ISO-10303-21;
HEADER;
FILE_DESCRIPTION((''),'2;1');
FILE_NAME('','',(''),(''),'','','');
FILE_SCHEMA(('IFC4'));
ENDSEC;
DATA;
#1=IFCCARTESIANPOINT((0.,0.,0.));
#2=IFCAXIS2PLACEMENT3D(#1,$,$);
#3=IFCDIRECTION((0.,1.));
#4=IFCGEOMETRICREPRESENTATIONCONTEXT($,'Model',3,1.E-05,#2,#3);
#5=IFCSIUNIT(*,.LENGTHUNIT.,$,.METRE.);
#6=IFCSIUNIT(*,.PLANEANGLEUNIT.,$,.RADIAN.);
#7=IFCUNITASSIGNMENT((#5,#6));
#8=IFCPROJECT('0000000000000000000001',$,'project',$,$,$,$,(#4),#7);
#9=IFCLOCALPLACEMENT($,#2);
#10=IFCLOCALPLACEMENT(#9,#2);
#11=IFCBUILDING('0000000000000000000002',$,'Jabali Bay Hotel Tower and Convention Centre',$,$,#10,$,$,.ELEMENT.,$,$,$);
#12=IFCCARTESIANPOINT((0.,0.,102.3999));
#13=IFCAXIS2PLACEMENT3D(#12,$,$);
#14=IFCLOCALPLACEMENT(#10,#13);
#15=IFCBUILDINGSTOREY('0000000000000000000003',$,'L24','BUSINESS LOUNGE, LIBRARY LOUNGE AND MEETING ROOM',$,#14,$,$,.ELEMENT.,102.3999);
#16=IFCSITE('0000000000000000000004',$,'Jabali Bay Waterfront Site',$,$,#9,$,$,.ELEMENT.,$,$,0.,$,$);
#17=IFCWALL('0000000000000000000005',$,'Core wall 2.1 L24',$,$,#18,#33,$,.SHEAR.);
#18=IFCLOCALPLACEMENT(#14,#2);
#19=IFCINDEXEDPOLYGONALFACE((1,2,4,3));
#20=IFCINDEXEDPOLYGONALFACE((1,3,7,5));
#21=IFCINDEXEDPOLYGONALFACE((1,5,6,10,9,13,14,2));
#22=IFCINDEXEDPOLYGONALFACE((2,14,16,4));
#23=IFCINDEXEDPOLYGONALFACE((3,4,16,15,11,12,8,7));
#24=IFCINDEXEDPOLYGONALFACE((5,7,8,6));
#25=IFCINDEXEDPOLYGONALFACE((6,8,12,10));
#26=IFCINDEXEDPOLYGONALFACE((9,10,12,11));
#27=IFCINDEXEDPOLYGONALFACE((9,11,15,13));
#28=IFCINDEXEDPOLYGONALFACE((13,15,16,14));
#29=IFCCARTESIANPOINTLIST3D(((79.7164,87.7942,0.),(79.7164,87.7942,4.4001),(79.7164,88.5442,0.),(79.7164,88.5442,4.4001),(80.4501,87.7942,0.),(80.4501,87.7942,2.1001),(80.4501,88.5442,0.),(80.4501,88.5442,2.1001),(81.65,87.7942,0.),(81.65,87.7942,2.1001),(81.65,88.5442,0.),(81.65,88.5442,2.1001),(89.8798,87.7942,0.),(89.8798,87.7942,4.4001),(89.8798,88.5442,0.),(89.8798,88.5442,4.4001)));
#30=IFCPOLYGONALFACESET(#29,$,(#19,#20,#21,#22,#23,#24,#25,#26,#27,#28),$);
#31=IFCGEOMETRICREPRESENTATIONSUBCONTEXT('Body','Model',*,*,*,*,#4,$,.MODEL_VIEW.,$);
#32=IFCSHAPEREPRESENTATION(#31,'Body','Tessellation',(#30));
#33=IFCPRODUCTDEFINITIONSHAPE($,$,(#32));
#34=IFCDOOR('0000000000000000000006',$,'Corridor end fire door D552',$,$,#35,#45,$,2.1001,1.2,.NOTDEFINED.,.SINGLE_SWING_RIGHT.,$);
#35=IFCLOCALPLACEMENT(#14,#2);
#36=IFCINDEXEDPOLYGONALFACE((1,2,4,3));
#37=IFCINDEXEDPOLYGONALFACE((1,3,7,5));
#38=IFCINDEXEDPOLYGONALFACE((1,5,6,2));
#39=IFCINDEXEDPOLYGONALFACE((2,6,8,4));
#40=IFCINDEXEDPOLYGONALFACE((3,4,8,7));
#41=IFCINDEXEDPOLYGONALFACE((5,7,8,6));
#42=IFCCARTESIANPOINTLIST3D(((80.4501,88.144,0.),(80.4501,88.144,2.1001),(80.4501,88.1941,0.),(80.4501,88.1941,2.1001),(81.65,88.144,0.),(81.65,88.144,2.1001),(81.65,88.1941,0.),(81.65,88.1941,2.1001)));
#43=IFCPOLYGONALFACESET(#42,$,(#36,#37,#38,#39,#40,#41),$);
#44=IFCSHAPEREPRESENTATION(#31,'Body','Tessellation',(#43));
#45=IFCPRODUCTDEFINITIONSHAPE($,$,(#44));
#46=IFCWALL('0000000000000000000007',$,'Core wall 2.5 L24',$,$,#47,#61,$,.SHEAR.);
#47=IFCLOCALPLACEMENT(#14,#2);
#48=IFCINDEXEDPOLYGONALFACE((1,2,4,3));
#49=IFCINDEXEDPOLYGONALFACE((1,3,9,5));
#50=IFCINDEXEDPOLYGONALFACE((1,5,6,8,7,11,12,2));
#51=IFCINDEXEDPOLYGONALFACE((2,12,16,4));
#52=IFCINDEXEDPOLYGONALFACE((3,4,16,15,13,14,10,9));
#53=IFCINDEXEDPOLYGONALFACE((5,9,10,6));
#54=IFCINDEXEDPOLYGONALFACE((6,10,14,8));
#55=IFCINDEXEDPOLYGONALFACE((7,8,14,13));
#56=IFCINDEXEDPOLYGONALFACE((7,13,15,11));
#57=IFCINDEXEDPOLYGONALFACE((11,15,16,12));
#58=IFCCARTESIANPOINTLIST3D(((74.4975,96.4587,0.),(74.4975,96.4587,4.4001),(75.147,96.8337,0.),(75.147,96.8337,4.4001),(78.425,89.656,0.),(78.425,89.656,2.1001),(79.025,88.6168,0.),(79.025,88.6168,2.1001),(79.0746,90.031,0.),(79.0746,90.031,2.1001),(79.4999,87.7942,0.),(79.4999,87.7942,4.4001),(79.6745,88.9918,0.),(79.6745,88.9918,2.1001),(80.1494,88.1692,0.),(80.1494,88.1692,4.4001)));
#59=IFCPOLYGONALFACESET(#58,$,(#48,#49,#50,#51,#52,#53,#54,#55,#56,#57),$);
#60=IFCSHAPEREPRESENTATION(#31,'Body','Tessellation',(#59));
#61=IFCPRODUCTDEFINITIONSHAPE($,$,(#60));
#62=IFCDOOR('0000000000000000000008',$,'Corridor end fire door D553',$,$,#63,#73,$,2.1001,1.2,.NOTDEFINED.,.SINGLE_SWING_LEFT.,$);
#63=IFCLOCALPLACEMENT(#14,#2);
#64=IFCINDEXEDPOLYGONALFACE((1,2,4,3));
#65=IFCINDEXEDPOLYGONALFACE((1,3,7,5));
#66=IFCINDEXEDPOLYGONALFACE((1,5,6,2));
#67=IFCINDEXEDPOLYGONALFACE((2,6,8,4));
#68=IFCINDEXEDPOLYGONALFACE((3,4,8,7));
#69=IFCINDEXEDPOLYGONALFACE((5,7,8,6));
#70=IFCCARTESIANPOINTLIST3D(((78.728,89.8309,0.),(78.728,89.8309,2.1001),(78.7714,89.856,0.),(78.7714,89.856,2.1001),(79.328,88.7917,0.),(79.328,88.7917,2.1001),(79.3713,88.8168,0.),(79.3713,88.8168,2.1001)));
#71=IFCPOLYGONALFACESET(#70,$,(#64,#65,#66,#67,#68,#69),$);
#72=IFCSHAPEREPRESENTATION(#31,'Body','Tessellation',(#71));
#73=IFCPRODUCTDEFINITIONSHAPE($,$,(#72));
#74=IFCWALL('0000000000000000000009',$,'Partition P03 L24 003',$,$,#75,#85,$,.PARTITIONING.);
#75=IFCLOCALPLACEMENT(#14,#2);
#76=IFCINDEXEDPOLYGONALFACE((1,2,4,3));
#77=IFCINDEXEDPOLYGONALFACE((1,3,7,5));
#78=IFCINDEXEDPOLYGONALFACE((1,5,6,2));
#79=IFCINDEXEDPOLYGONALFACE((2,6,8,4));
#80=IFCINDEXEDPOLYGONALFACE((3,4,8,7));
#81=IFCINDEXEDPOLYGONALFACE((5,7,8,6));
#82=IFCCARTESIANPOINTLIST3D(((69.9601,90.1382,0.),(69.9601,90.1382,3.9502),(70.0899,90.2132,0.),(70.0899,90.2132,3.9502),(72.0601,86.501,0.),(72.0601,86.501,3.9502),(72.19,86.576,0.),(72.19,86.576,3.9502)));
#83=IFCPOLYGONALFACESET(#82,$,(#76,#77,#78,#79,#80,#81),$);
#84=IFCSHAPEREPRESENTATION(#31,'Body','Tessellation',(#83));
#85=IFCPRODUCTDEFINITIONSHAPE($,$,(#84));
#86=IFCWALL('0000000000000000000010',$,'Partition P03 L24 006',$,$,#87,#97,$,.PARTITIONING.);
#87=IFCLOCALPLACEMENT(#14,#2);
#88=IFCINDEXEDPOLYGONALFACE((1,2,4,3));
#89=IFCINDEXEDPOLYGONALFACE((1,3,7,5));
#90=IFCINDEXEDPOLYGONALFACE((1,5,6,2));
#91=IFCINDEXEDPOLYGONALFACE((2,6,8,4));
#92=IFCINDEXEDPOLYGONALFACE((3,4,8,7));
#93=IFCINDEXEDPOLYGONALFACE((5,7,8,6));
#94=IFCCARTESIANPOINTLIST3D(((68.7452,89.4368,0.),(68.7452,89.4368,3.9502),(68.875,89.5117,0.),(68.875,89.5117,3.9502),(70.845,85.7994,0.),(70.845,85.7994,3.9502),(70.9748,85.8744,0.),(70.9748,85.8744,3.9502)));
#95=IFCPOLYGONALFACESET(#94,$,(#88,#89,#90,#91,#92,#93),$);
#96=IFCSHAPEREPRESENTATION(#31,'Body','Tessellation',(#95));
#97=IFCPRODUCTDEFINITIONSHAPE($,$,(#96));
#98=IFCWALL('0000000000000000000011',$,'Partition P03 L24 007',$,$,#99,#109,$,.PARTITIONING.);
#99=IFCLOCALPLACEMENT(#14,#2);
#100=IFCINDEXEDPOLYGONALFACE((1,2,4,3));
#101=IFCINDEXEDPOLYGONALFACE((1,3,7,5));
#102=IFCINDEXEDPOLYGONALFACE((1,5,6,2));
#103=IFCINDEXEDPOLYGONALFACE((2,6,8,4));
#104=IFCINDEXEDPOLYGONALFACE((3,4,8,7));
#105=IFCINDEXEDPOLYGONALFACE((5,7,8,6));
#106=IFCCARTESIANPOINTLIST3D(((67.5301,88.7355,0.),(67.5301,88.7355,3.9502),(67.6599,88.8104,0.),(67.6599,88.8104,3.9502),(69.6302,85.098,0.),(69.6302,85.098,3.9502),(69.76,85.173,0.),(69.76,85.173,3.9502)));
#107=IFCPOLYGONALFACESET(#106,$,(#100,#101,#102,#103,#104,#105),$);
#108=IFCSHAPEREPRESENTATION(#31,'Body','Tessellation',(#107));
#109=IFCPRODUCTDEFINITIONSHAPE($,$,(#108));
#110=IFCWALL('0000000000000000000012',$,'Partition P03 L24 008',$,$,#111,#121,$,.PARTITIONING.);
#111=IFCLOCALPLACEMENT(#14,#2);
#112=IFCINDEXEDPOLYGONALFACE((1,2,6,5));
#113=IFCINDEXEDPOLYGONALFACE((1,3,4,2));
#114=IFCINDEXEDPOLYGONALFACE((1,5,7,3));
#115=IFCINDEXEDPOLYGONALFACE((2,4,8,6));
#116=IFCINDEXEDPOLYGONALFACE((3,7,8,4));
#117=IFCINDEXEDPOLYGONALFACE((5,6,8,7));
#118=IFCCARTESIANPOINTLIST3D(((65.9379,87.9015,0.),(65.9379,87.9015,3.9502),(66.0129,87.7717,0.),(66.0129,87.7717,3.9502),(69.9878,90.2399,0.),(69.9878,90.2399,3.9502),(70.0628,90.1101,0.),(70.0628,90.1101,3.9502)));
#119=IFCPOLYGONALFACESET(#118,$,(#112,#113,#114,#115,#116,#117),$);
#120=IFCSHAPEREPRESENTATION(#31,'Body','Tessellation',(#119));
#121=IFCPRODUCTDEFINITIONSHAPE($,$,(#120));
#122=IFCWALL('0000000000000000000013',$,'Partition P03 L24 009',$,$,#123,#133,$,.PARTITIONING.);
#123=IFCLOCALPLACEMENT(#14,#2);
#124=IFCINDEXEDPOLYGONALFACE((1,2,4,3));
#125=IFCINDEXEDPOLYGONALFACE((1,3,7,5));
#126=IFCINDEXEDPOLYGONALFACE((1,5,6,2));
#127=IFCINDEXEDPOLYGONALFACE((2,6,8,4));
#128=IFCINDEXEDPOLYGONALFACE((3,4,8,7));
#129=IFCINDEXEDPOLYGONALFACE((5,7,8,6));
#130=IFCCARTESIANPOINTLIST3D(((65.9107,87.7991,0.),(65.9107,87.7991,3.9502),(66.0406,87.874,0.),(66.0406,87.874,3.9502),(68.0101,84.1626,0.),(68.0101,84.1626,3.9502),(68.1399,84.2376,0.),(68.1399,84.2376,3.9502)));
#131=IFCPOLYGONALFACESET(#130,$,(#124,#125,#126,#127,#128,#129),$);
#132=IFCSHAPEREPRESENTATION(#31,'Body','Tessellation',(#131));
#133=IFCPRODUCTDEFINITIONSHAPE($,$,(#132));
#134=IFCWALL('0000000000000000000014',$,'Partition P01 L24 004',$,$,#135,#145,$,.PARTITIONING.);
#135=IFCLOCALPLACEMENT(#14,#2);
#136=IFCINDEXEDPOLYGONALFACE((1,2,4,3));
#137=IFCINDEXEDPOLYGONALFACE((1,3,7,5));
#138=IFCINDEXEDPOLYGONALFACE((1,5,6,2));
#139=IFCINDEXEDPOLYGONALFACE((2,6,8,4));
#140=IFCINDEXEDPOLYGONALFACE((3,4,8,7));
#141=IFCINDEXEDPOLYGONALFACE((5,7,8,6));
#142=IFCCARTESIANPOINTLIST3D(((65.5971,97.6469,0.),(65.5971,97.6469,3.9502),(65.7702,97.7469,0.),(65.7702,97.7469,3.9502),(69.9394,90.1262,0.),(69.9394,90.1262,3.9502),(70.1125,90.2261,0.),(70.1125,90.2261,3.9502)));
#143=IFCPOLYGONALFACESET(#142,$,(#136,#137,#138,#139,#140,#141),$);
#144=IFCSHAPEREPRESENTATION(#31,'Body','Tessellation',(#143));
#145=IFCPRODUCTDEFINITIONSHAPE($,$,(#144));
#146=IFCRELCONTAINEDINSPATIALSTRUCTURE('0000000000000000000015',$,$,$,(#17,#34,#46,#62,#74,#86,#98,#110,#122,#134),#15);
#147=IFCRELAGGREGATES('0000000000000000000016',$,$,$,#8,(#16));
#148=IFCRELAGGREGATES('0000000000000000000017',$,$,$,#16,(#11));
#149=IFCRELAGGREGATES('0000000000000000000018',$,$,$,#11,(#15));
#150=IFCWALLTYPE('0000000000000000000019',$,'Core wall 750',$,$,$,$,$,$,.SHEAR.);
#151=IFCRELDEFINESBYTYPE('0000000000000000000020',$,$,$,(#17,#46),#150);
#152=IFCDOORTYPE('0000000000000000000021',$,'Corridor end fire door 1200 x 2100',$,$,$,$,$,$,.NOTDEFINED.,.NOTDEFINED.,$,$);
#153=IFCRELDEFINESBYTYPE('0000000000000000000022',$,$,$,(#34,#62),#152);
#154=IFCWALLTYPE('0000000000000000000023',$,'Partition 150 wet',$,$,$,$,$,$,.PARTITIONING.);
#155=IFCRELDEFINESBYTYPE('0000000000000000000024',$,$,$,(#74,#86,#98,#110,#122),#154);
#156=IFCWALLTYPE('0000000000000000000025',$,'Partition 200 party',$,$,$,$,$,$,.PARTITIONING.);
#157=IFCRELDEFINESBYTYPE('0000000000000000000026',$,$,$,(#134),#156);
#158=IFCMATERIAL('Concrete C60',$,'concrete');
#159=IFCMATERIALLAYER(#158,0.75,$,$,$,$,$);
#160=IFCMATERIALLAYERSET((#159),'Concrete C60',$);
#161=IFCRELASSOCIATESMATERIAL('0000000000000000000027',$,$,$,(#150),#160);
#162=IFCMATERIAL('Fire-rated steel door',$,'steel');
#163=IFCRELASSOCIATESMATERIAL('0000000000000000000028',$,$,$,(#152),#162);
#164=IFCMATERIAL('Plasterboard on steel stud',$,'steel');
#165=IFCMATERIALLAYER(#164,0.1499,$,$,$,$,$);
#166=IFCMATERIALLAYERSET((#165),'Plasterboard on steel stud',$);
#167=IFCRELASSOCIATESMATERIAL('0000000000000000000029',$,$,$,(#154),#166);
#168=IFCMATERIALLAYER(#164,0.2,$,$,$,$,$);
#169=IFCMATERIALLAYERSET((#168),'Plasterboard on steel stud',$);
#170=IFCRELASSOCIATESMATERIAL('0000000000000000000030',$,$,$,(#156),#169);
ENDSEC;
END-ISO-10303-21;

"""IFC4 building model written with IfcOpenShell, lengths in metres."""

from ifc_helpers import new_model, si_unit, direction, frame, frame_2d, origin, place, context, subcontext, project, spatial, rectangle, extrude, material, layer, layer_set, type_object, element, fill, save


model = new_model("IFC4")

# Units and contexts
model_context = context("Model", 3, precision=1e-05, world=origin(), true_north=direction((0.0, 1.0)))
body_context = subcontext(model_context, "Body", "Model", "MODEL_VIEW")
ifc_project = project(units=[si_unit("LENGTHUNIT", "METRE"), si_unit("PLANEANGLEUNIT", "RADIAN")], contexts=[model_context])

# Site, building, storey
site_placement = place(None, origin())
site = spatial("IfcSite", under=ifc_project, at=site_placement, Name="Jabali Bay Waterfront Site", CompositionType="ELEMENT", RefElevation=0.0)
building_placement = place(site_placement, origin())
building = spatial("IfcBuilding", under=site, at=building_placement, Name="Jabali Bay Hotel Tower and Convention Centre", CompositionType="ELEMENT")
storey_placement = place(building_placement, frame((0.0, 0.0, 102.3999)))
storey = spatial("IfcBuildingStorey", under=building, at=storey_placement, Name="L24", Description="BUSINESS LOUNGE, LIBRARY LOUNGE AND MEETING ROOM", CompositionType="ELEMENT", Elevation=102.3999)

# Shared definitions
ifc_material_1 = material(Name="Fire-rated steel door", Category="steel")

# Walls, openings, doors
ifc_material_2 = material(Name="Concrete C60", Category="concrete")
ifc_layer_1 = layer(ifc_material_2, 0.75)
ifc_layer_set_1 = layer_set([ifc_layer_1], Name="Concrete C60")
wall_type_1 = type_object("IfcWallType", Name="Core wall 750", PredefinedType="SHEAR", material=ifc_layer_set_1)
wall_1_placement = place(storey_placement, frame((79.7166, 88.1692, 0.0), z_axis=(0.0, 0.0, 1.0), x_axis=(1.0, 0.0, 0.0)))
wall_1 = element("IfcWall", 1, at=wall_1_placement, inside=storey, type_object=wall_type_1, Name="Core wall 2.1 L24", PredefinedType="SHEAR", context=body_context, shape_type="SweptSolid", body=[
    extrude(rectangle(XDim=10.1633, YDim=0.75, at=frame_2d((5.0815, 0.0))), origin(), (0.0, 0.0, 1.0), 4.4001),
])
opening_1_placement = place(wall_1_placement, frame((0.7334, 0.0, 0.0)))
opening_1 = element("IfcOpeningElement", 2, at=opening_1_placement, cuts=wall_1, PredefinedType="OPENING", context=body_context, shape_type="SweptSolid", body=[
    extrude(rectangle(XDim=1.2, YDim=2.1001, at=frame_2d((0.6001, 1.05))), frame((0.0, 0.3855, 0.0), z_axis=(0.0, -1.0, 0.0), x_axis=(1.0, 0.0, 0.0)), (0.0, 0.0, 1.0), 0.771),
])
door_type_1 = type_object("IfcDoorType", Name="Corridor end fire door 1200 x 2100", OperationType="NOTDEFINED", PredefinedType="NOTDEFINED", material=ifc_material_1)
door_1_placement = place(opening_1_placement, origin())
door_1 = element("IfcDoor", 3, at=door_1_placement, inside=storey, type_object=door_type_1, Name="Corridor end fire door D552", OperationType="SINGLE_SWING_RIGHT", OverallHeight=2.1001, OverallWidth=1.2, PredefinedType="NOTDEFINED", context=body_context, shape_type="SweptSolid", body=[
    extrude(rectangle(XDim=1.2, YDim=2.1001, at=frame_2d((0.6001, 1.05))), frame((0.0, 0.0249, 0.0), z_axis=(0.0, -1.0, 0.0), x_axis=(1.0, 0.0, 0.0)), (0.0, 0.0, 1.0), 0.05),
])
fill(opening_1, door_1)
wall_2_placement = place(storey_placement, frame((74.8223, 96.6462, 0.0), z_axis=(0.0, 0.0, 1.0), x_axis=(0.499997, -0.866027, 0.0)))
wall_2 = element("IfcWall", 4, at=wall_2_placement, inside=storey, type_object=wall_type_1, Name="Core wall 2.5 L24", PredefinedType="SHEAR", context=body_context, shape_type="SweptSolid", body=[
    extrude(rectangle(XDim=10.0049, YDim=0.75, at=frame_2d((5.0024, 0.0))), origin(), (0.0, 0.0, 1.0), 4.4001),
])
opening_2_placement = place(wall_2_placement, frame((7.855, 0.0, 0.0)))
opening_2 = element("IfcOpeningElement", 5, at=opening_2_placement, cuts=wall_2, PredefinedType="OPENING", context=body_context, shape_type="SweptSolid", body=[
    extrude(rectangle(XDim=1.2, YDim=2.1001, at=frame_2d((0.6001, 1.05))), frame((0.0, 0.3855, 0.0), z_axis=(0.0, -1.0, 0.0), x_axis=(1.0, 0.0, 0.0)), (0.0, 0.0, 1.0), 0.771),
])
door_2_placement = place(opening_2_placement, origin())
door_2 = element("IfcDoor", 6, at=door_2_placement, inside=storey, type_object=door_type_1, Name="Corridor end fire door D553", OperationType="SINGLE_SWING_LEFT", OverallHeight=2.1001, OverallWidth=1.2, PredefinedType="NOTDEFINED", context=body_context, shape_type="SweptSolid", body=[
    extrude(rectangle(XDim=1.2, YDim=2.1001, at=frame_2d((0.6001, 1.05))), frame((0.0, 0.0249, 0.0), z_axis=(0.0, -1.0, 0.0), x_axis=(1.0, 0.0, 0.0)), (0.0, 0.0, 1.0), 0.05),
])
fill(opening_2, door_2)

# Walls
ifc_material_3 = material(Name="Plasterboard on steel stud", Category="steel")
ifc_layer_2 = layer(ifc_material_3, 0.1499)
ifc_layer_set_2 = layer_set([ifc_layer_2], Name="Plasterboard on steel stud")
wall_type_2 = type_object("IfcWallType", Name="Partition 150 wet", PredefinedType="PARTITIONING", material=ifc_layer_set_2)
for number, where, z_axis, x_axis, name in (
    (7, (70.0249, 90.1758, 0.0), (0.0, 0.0, 1.0), (0.500028, -0.866009, 0.0), "Partition P03 L24 003"),
    (8, (68.8101, 89.4744, 0.0), (0.0, 0.0, 1.0), (0.499959, -0.866049, 0.0), "Partition P03 L24 006"),
):
    element("IfcWall", number, at=place(storey_placement, frame(where, z_axis=z_axis, x_axis=x_axis)), inside=storey, type_object=wall_type_2, Name=name, PredefinedType="PARTITIONING", context=body_context, shape_type="SweptSolid", body=[
        extrude(rectangle(XDim=4.2, YDim=0.1499, at=frame_2d((2.1001, 0.0))), origin(), (0.0, 0.0, 1.0), 3.9502),
    ])
wall_3_placement = place(storey_placement, frame((67.595, 88.7729, 0.0), z_axis=(0.0, 0.0, 1.0), x_axis=(0.500003, -0.866024, 0.0)))
element("IfcWall", 9, at=wall_3_placement, inside=storey, type_object=wall_type_2, Name="Partition P03 L24 007", PredefinedType="PARTITIONING", context=body_context, shape_type="SweptSolid", body=[
    extrude(rectangle(XDim=4.2002, YDim=0.1499, at=frame_2d((2.1001, 0.0))), origin(), (0.0, 0.0, 1.0), 3.9502),
])
wall_4_placement = place(storey_placement, frame((70.0254, 90.175, 0.0), z_axis=(0.0, 0.0, 1.0), x_axis=(-0.866005, -0.500036, 0.0)))
element("IfcWall", 10, at=wall_4_placement, inside=storey, type_object=wall_type_2, Name="Partition P03 L24 008", PredefinedType="PARTITIONING", context=body_context, shape_type="SweptSolid", body=[
    extrude(rectangle(XDim=4.6765, YDim=0.1499, at=frame_2d((2.3384, 0.0))), origin(), (0.0, 0.0, 1.0), 3.9502),
])
wall_5_placement = place(storey_placement, frame((65.9756, 87.8367, 0.0), z_axis=(0.0, 0.0, 1.0), x_axis=(0.499972, -0.866041, 0.0)))
element("IfcWall", 11, at=wall_5_placement, inside=storey, type_object=wall_type_2, Name="Partition P03 L24 009", PredefinedType="PARTITIONING", context=body_context, shape_type="SweptSolid", body=[
    extrude(rectangle(XDim=4.199, YDim=0.1499, at=frame_2d((2.0996, 0.0))), origin(), (0.0, 0.0, 1.0), 3.9502),
])
ifc_layer_3 = layer(ifc_material_3, 0.2)
ifc_layer_set_3 = layer_set([ifc_layer_3], Name="Plasterboard on steel stud")
wall_type_3 = type_object("IfcWallType", Name="Partition 200 party", PredefinedType="PARTITIONING", material=ifc_layer_set_3)
wall_6_placement = place(storey_placement, frame((65.6836, 97.697, 0.0), z_axis=(0.0, 0.0, 1.0), x_axis=(0.500015, -0.866017, 0.0)))
element("IfcWall", 12, at=wall_6_placement, inside=storey, type_object=wall_type_3, Name="Partition P01 L24 004", PredefinedType="PARTITIONING", context=body_context, shape_type="SweptSolid", body=[
    extrude(rectangle(XDim=8.6843, YDim=0.2, at=frame_2d((4.3423, 0.0))), origin(), (0.0, 0.0, 1.0), 3.9502),
])

save(model, "model.ifc")
